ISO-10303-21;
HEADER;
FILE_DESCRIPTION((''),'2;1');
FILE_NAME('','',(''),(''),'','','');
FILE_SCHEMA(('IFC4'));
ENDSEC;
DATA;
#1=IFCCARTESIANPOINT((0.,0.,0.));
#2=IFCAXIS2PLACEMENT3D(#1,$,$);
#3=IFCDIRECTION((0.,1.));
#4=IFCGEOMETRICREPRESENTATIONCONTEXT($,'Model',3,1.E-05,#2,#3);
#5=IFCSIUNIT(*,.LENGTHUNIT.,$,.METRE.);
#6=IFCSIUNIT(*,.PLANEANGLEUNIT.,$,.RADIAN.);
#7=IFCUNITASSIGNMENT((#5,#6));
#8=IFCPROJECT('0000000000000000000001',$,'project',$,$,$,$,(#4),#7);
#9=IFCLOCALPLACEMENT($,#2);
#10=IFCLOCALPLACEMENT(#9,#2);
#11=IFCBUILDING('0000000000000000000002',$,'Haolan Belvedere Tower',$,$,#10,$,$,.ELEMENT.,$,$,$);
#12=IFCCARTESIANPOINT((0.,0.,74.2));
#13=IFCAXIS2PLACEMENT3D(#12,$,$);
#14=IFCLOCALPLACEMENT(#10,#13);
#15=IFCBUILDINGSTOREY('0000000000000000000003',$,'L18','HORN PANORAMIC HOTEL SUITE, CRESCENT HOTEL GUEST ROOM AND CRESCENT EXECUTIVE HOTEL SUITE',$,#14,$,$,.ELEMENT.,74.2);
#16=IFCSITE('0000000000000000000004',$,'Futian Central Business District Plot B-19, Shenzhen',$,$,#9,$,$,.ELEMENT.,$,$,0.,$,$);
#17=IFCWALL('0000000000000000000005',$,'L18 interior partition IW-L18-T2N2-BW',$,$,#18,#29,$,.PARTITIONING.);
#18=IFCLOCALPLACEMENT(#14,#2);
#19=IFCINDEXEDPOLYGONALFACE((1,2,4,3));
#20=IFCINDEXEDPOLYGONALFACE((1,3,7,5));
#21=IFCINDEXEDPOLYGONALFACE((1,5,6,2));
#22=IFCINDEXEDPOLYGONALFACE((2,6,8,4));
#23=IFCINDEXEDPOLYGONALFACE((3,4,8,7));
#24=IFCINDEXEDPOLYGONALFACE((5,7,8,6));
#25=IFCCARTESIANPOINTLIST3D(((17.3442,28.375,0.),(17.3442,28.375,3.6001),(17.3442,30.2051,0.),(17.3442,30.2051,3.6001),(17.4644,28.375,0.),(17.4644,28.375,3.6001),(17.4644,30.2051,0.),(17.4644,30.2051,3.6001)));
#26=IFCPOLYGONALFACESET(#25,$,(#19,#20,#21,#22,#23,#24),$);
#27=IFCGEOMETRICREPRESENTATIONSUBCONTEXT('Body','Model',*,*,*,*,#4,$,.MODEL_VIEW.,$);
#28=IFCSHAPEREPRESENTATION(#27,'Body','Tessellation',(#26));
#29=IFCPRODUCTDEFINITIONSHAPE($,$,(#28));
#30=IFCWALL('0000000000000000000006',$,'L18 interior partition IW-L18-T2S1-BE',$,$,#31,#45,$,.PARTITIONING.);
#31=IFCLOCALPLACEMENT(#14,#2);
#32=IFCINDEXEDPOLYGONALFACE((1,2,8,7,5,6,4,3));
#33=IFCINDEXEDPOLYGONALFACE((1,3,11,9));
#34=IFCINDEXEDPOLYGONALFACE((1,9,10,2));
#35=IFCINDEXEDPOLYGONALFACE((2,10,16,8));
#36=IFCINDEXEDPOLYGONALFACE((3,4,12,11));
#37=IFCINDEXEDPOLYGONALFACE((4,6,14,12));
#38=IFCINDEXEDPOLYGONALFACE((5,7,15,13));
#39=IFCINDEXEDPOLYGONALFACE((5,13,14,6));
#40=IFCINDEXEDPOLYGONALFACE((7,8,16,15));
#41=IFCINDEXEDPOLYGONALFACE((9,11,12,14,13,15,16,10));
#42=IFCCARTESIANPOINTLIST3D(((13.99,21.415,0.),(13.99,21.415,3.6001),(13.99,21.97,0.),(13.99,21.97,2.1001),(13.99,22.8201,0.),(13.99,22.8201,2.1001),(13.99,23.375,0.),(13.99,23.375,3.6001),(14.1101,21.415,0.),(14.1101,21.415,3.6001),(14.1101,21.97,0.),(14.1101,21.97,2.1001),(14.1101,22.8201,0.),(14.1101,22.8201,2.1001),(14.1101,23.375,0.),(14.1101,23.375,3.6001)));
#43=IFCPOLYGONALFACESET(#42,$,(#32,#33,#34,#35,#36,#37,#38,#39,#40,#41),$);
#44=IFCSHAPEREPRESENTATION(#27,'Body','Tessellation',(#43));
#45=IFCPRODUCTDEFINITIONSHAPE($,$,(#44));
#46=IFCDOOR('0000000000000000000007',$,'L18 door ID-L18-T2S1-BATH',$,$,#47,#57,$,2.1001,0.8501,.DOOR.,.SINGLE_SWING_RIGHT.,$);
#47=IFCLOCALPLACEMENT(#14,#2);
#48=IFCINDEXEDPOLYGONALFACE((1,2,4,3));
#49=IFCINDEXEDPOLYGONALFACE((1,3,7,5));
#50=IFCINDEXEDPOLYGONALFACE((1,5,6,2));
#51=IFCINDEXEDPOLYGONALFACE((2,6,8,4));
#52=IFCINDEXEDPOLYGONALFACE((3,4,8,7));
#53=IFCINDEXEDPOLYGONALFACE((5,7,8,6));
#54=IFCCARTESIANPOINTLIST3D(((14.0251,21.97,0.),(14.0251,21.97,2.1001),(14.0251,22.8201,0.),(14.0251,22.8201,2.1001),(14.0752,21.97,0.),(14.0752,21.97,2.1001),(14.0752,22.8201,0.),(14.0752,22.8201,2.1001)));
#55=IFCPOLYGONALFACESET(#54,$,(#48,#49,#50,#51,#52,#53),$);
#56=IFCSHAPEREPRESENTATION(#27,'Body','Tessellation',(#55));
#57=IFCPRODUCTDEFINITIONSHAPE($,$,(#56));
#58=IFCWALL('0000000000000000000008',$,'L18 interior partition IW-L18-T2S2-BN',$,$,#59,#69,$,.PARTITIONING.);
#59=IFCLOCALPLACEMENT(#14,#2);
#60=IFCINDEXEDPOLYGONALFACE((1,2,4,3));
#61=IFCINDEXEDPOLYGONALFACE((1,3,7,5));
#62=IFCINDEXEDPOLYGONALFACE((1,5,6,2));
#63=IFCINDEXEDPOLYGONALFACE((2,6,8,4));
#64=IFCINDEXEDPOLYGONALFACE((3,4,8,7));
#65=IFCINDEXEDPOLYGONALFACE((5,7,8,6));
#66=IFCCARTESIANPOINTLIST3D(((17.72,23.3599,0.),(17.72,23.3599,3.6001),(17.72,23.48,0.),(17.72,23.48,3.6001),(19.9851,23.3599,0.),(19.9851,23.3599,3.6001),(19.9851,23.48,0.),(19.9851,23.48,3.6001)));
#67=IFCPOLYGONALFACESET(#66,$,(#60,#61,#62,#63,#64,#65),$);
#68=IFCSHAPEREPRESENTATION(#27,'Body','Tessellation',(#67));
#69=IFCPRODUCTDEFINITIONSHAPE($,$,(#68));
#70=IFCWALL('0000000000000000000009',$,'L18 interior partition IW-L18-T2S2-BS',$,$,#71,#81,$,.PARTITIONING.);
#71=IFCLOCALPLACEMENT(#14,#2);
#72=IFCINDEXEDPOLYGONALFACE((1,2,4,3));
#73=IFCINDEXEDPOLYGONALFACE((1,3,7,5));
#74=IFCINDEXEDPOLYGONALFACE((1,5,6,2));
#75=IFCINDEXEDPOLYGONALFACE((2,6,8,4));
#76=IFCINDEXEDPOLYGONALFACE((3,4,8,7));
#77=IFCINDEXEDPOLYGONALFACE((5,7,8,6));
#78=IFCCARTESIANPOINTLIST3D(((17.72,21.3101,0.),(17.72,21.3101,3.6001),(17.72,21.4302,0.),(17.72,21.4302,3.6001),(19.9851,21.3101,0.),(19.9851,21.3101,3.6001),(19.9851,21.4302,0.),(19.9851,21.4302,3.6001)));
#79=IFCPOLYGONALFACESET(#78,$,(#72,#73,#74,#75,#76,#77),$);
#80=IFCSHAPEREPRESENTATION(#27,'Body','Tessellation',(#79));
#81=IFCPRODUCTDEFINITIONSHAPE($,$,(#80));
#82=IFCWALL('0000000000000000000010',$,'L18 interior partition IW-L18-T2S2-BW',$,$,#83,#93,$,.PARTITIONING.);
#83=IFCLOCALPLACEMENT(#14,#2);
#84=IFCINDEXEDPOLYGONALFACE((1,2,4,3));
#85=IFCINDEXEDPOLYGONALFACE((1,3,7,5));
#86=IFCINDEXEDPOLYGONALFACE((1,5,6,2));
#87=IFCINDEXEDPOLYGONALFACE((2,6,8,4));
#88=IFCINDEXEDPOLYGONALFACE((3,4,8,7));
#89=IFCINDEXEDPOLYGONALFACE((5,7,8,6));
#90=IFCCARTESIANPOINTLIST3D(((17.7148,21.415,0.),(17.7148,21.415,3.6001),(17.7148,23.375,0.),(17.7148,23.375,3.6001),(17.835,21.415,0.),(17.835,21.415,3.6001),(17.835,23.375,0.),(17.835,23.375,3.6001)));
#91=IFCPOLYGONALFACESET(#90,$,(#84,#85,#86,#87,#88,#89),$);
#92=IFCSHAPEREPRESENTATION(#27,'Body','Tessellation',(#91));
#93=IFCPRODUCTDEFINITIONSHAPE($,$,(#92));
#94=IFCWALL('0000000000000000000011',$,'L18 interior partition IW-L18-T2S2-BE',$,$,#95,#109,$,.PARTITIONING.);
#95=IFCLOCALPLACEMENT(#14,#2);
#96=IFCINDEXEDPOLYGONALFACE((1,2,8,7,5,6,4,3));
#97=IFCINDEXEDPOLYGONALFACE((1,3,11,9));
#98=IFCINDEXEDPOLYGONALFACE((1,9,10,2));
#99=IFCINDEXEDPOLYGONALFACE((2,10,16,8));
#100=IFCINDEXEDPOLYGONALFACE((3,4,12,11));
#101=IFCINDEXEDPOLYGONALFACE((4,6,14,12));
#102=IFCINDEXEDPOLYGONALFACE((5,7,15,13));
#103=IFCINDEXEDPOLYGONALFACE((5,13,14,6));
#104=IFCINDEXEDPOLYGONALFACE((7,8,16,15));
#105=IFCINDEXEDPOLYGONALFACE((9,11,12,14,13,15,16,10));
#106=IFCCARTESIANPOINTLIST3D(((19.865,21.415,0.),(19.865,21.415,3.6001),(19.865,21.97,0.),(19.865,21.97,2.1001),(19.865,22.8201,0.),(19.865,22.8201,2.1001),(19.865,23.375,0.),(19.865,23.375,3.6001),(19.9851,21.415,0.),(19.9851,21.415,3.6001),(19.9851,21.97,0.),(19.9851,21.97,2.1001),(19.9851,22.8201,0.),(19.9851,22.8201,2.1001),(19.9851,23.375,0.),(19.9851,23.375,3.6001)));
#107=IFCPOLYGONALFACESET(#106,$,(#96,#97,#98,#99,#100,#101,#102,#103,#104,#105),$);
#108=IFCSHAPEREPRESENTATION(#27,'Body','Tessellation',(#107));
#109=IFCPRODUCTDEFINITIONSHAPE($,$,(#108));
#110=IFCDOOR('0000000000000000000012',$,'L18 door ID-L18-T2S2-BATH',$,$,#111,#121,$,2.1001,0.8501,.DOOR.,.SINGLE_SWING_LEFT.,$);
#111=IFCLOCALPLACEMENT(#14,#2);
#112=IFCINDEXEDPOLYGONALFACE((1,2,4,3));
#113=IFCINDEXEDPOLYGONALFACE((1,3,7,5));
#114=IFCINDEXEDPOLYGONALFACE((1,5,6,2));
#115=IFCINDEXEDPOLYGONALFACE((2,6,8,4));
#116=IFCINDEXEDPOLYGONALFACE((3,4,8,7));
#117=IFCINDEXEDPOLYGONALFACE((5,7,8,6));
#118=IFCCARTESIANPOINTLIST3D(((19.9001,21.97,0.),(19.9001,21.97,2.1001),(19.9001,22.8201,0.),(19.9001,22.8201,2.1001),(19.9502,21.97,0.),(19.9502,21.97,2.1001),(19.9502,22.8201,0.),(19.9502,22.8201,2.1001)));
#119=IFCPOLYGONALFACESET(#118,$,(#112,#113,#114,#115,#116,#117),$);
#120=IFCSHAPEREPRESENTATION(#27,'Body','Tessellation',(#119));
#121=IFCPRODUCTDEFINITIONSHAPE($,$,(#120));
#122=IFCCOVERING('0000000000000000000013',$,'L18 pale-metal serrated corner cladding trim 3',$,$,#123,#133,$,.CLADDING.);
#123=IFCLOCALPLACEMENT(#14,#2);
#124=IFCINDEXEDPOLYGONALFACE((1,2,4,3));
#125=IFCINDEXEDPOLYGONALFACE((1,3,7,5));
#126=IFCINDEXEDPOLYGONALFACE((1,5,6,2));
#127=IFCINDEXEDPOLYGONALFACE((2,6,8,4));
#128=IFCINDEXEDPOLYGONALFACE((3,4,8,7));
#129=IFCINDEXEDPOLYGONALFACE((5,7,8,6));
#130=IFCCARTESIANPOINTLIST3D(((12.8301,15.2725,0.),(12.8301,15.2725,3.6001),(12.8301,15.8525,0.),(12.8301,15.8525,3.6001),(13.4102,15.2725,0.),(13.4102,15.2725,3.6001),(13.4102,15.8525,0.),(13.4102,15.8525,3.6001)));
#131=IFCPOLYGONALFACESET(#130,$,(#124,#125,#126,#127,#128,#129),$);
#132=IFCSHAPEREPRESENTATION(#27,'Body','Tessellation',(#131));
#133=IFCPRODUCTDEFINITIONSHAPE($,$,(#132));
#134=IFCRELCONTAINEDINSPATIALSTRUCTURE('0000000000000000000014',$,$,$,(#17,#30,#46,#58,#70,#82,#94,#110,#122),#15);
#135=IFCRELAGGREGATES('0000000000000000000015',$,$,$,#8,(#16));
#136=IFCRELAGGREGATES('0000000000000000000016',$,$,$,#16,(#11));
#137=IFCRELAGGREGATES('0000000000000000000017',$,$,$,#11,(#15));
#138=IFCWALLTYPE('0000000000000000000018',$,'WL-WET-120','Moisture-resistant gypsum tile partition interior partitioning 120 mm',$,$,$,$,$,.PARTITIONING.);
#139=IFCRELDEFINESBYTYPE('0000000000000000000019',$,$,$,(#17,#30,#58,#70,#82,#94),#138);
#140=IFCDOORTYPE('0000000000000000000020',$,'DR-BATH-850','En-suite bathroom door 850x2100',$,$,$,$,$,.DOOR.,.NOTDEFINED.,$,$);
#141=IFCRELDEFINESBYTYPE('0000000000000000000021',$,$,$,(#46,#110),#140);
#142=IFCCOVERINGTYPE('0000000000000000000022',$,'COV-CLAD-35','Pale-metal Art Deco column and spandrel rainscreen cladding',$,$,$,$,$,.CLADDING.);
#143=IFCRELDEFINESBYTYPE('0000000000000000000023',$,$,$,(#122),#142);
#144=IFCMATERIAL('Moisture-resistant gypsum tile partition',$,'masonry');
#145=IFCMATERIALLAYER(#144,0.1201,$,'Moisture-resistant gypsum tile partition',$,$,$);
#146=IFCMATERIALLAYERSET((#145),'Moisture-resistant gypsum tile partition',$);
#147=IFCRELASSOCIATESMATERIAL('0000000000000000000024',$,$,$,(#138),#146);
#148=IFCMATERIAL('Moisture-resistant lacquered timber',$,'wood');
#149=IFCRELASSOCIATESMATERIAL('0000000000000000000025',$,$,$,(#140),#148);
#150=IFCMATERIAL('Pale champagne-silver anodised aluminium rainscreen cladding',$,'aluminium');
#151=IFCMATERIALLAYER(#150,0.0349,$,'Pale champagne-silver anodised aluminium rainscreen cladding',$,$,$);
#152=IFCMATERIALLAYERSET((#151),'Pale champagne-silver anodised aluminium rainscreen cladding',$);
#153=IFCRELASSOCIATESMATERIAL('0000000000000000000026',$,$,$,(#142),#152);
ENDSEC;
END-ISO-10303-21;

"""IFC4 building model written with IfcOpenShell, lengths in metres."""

from ifc_helpers import new_model, si_unit, direction, frame, frame_2d, origin, origin_2d, place, context, subcontext, project, spatial, rectangle, extrude, material, layer, layer_set, type_object, element, fill, save


model = new_model("IFC4")

# Units and contexts
model_context = context("Model", 3, precision=1e-05, world=origin(), true_north=direction((0.0, 1.0)))
body_context = subcontext(model_context, "Body", "Model", "MODEL_VIEW")
ifc_project = project(units=[si_unit("LENGTHUNIT", "METRE"), si_unit("PLANEANGLEUNIT", "RADIAN")], contexts=[model_context])

# Site, building, storey
site_placement = place(None, origin())
site = spatial("IfcSite", under=ifc_project, at=site_placement, Name="Futian Central Business District Plot B-19, Shenzhen", CompositionType="ELEMENT", RefElevation=0.0)
building_placement = place(site_placement, origin())
building = spatial("IfcBuilding", under=site, at=building_placement, Name="Haolan Belvedere Tower", CompositionType="ELEMENT")
storey_placement = place(building_placement, frame((0.0, 0.0, 74.2)))
storey = spatial("IfcBuildingStorey", under=building, at=storey_placement, Name="L18", Description="HORN PANORAMIC HOTEL SUITE, CRESCENT HOTEL GUEST ROOM AND CRESCENT EXECUTIVE HOTEL SUITE", CompositionType="ELEMENT", Elevation=74.2)

# Wall
ifc_material_1 = material(Name="Moisture-resistant gypsum tile partition", Category="masonry")
ifc_layer_1 = layer(ifc_material_1, 0.1201, Name="Moisture-resistant gypsum tile partition")
ifc_layer_set_1 = layer_set([ifc_layer_1], Name="Moisture-resistant gypsum tile partition")
wall_type_1 = type_object("IfcWallType", Name="WL-WET-120", Description="Moisture-resistant gypsum tile partition interior partitioning 120 mm", PredefinedType="PARTITIONING", material=ifc_layer_set_1)
wall_1_placement = place(storey_placement, frame((17.4043, 28.375, 0.0), z_axis=(0.0, 0.0, 1.0), x_axis=(0.0, 1.0, 0.0)))
element("IfcWall", 1, at=wall_1_placement, inside=storey, type_object=wall_type_1, Name="L18 interior partition IW-L18-T2N2-BW", PredefinedType="PARTITIONING", context=body_context, shape_type="SweptSolid", body=[
    extrude(rectangle(XDim=1.8301, YDim=0.1201, at=frame_2d((0.915, 0.0))), origin(), (0.0, 0.0, 1.0), 3.6001),
])

# Wall, opening, door
wall_2_placement = place(storey_placement, frame((14.05, 21.415, 0.0), z_axis=(0.0, 0.0, 1.0), x_axis=(0.0, 1.0, 0.0)))
wall_2 = element("IfcWall", 2, at=wall_2_placement, inside=storey, type_object=wall_type_1, Name="L18 interior partition IW-L18-T2S1-BE", PredefinedType="PARTITIONING", context=body_context, shape_type="SweptSolid", body=[
    extrude(rectangle(XDim=1.96, YDim=0.1201, at=frame_2d((0.98, 0.0))), origin(), (0.0, 0.0, 1.0), 3.6001),
])
opening_1_placement = place(wall_2_placement, frame((0.5549, 0.0, 0.0)))
opening_1 = element("IfcOpeningElement", 3, at=opening_1_placement, cuts=wall_2, PredefinedType="OPENING", context=body_context, shape_type="SweptSolid", body=[
    extrude(rectangle(XDim=0.8501, YDim=2.1001, at=frame_2d((0.425, 1.05))), frame((0.0, 0.0701, 0.0), z_axis=(0.0, -1.0, 0.0), x_axis=(1.0, 0.0, 0.0)), (0.0, 0.0, 1.0), 0.1401),
])
ifc_material_2 = material(Name="Moisture-resistant lacquered timber", Category="wood")
door_type_1 = type_object("IfcDoorType", Name="DR-BATH-850", Description="En-suite bathroom door 850x2100", OperationType="NOTDEFINED", PredefinedType="DOOR", material=ifc_material_2)
door_1_placement = place(opening_1_placement, origin())
door_1 = element("IfcDoor", 4, at=door_1_placement, inside=storey, type_object=door_type_1, Name="L18 door ID-L18-T2S1-BATH", OperationType="SINGLE_SWING_RIGHT", OverallHeight=2.1001, OverallWidth=0.8501, PredefinedType="DOOR", context=body_context, shape_type="SweptSolid", body=[
    extrude(rectangle(XDim=0.8501, YDim=2.1001, at=frame_2d((0.425, 1.05))), frame((0.0, 0.0249, 0.0), z_axis=(0.0, -1.0, 0.0), x_axis=(1.0, 0.0, 0.0)), (0.0, 0.0, 1.0), 0.05),
])
fill(opening_1, door_1)

# Walls
for number, where, z_axis, x_axis, name in (
    (5, (17.72, 23.4199, 0.0), (0.0, 0.0, 1.0), (1.0, 0.0, 0.0), "L18 interior partition IW-L18-T2S2-BN"),
    (6, (17.72, 21.3701, 0.0), (0.0, 0.0, 1.0), (1.0, 0.0, 0.0), "L18 interior partition IW-L18-T2S2-BS"),
):
    element("IfcWall", number, at=place(storey_placement, frame(where, z_axis=z_axis, x_axis=x_axis)), inside=storey, type_object=wall_type_1, Name=name, PredefinedType="PARTITIONING", context=body_context, shape_type="SweptSolid", body=[
        extrude(rectangle(XDim=2.2651, YDim=0.1201, at=frame_2d((1.1326, 0.0))), origin(), (0.0, 0.0, 1.0), 3.6001),
    ])
wall_3_placement = place(storey_placement, frame((17.7749, 21.415, 0.0), z_axis=(0.0, 0.0, 1.0), x_axis=(0.0, 1.0, 0.0)))
element("IfcWall", 7, at=wall_3_placement, inside=storey, type_object=wall_type_1, Name="L18 interior partition IW-L18-T2S2-BW", PredefinedType="PARTITIONING", context=body_context, shape_type="SweptSolid", body=[
    extrude(rectangle(XDim=1.96, YDim=0.1201, at=frame_2d((0.98, 0.0))), origin(), (0.0, 0.0, 1.0), 3.6001),
])

# Wall, opening, door
wall_4_placement = place(storey_placement, frame((19.925, 21.415, 0.0), z_axis=(0.0, 0.0, 1.0), x_axis=(0.0, 1.0, 0.0)))
wall_4 = element("IfcWall", 8, at=wall_4_placement, inside=storey, type_object=wall_type_1, Name="L18 interior partition IW-L18-T2S2-BE", PredefinedType="PARTITIONING", context=body_context, shape_type="SweptSolid", body=[
    extrude(rectangle(XDim=1.96, YDim=0.1201, at=frame_2d((0.98, 0.0))), origin(), (0.0, 0.0, 1.0), 3.6001),
])
opening_2_placement = place(wall_4_placement, frame((0.5549, 0.0, 0.0)))
opening_2 = element("IfcOpeningElement", 9, at=opening_2_placement, cuts=wall_4, PredefinedType="OPENING", context=body_context, shape_type="SweptSolid", body=[
    extrude(rectangle(XDim=0.8501, YDim=2.1001, at=frame_2d((0.425, 1.05))), frame((0.0, 0.0701, 0.0), z_axis=(0.0, -1.0, 0.0), x_axis=(1.0, 0.0, 0.0)), (0.0, 0.0, 1.0), 0.1401),
])
door_2_placement = place(opening_2_placement, origin())
door_2 = element("IfcDoor", 10, at=door_2_placement, inside=storey, type_object=door_type_1, Name="L18 door ID-L18-T2S2-BATH", OperationType="SINGLE_SWING_LEFT", OverallHeight=2.1001, OverallWidth=0.8501, PredefinedType="DOOR", context=body_context, shape_type="SweptSolid", body=[
    extrude(rectangle(XDim=0.8501, YDim=2.1001, at=frame_2d((0.425, 1.05))), frame((0.0, 0.0249, 0.0), z_axis=(0.0, -1.0, 0.0), x_axis=(1.0, 0.0, 0.0)), (0.0, 0.0, 1.0), 0.05),
])
fill(opening_2, door_2)

# Covering
ifc_material_3 = material(Name="Pale champagne-silver anodised aluminium rainscreen cladding", Category="aluminium")
ifc_layer_2 = layer(ifc_material_3, 0.0349, Name="Pale champagne-silver anodised aluminium rainscreen cladding")
ifc_layer_set_2 = layer_set([ifc_layer_2], Name="Pale champagne-silver anodised aluminium rainscreen cladding")
covering_type = type_object("IfcCoveringType", Name="COV-CLAD-35", Description="Pale-metal Art Deco column and spandrel rainscreen cladding", PredefinedType="CLADDING", material=ifc_layer_set_2)
covering_placement = place(storey_placement, frame((13.1201, 15.5625, 0.0), z_axis=(0.0, 0.0, 1.0), x_axis=(1.0, 0.0, 0.0)))
element("IfcCovering", 11, at=covering_placement, inside=storey, type_object=covering_type, Name="L18 pale-metal serrated corner cladding trim 3", PredefinedType="CLADDING", context=body_context, shape_type="SweptSolid", body=[
    extrude(rectangle(XDim=0.5801, YDim=0.5801, at=origin_2d()), origin(), (0.0, 0.0, 1.0), 3.6001),
])

save(model, "model.ifc")
